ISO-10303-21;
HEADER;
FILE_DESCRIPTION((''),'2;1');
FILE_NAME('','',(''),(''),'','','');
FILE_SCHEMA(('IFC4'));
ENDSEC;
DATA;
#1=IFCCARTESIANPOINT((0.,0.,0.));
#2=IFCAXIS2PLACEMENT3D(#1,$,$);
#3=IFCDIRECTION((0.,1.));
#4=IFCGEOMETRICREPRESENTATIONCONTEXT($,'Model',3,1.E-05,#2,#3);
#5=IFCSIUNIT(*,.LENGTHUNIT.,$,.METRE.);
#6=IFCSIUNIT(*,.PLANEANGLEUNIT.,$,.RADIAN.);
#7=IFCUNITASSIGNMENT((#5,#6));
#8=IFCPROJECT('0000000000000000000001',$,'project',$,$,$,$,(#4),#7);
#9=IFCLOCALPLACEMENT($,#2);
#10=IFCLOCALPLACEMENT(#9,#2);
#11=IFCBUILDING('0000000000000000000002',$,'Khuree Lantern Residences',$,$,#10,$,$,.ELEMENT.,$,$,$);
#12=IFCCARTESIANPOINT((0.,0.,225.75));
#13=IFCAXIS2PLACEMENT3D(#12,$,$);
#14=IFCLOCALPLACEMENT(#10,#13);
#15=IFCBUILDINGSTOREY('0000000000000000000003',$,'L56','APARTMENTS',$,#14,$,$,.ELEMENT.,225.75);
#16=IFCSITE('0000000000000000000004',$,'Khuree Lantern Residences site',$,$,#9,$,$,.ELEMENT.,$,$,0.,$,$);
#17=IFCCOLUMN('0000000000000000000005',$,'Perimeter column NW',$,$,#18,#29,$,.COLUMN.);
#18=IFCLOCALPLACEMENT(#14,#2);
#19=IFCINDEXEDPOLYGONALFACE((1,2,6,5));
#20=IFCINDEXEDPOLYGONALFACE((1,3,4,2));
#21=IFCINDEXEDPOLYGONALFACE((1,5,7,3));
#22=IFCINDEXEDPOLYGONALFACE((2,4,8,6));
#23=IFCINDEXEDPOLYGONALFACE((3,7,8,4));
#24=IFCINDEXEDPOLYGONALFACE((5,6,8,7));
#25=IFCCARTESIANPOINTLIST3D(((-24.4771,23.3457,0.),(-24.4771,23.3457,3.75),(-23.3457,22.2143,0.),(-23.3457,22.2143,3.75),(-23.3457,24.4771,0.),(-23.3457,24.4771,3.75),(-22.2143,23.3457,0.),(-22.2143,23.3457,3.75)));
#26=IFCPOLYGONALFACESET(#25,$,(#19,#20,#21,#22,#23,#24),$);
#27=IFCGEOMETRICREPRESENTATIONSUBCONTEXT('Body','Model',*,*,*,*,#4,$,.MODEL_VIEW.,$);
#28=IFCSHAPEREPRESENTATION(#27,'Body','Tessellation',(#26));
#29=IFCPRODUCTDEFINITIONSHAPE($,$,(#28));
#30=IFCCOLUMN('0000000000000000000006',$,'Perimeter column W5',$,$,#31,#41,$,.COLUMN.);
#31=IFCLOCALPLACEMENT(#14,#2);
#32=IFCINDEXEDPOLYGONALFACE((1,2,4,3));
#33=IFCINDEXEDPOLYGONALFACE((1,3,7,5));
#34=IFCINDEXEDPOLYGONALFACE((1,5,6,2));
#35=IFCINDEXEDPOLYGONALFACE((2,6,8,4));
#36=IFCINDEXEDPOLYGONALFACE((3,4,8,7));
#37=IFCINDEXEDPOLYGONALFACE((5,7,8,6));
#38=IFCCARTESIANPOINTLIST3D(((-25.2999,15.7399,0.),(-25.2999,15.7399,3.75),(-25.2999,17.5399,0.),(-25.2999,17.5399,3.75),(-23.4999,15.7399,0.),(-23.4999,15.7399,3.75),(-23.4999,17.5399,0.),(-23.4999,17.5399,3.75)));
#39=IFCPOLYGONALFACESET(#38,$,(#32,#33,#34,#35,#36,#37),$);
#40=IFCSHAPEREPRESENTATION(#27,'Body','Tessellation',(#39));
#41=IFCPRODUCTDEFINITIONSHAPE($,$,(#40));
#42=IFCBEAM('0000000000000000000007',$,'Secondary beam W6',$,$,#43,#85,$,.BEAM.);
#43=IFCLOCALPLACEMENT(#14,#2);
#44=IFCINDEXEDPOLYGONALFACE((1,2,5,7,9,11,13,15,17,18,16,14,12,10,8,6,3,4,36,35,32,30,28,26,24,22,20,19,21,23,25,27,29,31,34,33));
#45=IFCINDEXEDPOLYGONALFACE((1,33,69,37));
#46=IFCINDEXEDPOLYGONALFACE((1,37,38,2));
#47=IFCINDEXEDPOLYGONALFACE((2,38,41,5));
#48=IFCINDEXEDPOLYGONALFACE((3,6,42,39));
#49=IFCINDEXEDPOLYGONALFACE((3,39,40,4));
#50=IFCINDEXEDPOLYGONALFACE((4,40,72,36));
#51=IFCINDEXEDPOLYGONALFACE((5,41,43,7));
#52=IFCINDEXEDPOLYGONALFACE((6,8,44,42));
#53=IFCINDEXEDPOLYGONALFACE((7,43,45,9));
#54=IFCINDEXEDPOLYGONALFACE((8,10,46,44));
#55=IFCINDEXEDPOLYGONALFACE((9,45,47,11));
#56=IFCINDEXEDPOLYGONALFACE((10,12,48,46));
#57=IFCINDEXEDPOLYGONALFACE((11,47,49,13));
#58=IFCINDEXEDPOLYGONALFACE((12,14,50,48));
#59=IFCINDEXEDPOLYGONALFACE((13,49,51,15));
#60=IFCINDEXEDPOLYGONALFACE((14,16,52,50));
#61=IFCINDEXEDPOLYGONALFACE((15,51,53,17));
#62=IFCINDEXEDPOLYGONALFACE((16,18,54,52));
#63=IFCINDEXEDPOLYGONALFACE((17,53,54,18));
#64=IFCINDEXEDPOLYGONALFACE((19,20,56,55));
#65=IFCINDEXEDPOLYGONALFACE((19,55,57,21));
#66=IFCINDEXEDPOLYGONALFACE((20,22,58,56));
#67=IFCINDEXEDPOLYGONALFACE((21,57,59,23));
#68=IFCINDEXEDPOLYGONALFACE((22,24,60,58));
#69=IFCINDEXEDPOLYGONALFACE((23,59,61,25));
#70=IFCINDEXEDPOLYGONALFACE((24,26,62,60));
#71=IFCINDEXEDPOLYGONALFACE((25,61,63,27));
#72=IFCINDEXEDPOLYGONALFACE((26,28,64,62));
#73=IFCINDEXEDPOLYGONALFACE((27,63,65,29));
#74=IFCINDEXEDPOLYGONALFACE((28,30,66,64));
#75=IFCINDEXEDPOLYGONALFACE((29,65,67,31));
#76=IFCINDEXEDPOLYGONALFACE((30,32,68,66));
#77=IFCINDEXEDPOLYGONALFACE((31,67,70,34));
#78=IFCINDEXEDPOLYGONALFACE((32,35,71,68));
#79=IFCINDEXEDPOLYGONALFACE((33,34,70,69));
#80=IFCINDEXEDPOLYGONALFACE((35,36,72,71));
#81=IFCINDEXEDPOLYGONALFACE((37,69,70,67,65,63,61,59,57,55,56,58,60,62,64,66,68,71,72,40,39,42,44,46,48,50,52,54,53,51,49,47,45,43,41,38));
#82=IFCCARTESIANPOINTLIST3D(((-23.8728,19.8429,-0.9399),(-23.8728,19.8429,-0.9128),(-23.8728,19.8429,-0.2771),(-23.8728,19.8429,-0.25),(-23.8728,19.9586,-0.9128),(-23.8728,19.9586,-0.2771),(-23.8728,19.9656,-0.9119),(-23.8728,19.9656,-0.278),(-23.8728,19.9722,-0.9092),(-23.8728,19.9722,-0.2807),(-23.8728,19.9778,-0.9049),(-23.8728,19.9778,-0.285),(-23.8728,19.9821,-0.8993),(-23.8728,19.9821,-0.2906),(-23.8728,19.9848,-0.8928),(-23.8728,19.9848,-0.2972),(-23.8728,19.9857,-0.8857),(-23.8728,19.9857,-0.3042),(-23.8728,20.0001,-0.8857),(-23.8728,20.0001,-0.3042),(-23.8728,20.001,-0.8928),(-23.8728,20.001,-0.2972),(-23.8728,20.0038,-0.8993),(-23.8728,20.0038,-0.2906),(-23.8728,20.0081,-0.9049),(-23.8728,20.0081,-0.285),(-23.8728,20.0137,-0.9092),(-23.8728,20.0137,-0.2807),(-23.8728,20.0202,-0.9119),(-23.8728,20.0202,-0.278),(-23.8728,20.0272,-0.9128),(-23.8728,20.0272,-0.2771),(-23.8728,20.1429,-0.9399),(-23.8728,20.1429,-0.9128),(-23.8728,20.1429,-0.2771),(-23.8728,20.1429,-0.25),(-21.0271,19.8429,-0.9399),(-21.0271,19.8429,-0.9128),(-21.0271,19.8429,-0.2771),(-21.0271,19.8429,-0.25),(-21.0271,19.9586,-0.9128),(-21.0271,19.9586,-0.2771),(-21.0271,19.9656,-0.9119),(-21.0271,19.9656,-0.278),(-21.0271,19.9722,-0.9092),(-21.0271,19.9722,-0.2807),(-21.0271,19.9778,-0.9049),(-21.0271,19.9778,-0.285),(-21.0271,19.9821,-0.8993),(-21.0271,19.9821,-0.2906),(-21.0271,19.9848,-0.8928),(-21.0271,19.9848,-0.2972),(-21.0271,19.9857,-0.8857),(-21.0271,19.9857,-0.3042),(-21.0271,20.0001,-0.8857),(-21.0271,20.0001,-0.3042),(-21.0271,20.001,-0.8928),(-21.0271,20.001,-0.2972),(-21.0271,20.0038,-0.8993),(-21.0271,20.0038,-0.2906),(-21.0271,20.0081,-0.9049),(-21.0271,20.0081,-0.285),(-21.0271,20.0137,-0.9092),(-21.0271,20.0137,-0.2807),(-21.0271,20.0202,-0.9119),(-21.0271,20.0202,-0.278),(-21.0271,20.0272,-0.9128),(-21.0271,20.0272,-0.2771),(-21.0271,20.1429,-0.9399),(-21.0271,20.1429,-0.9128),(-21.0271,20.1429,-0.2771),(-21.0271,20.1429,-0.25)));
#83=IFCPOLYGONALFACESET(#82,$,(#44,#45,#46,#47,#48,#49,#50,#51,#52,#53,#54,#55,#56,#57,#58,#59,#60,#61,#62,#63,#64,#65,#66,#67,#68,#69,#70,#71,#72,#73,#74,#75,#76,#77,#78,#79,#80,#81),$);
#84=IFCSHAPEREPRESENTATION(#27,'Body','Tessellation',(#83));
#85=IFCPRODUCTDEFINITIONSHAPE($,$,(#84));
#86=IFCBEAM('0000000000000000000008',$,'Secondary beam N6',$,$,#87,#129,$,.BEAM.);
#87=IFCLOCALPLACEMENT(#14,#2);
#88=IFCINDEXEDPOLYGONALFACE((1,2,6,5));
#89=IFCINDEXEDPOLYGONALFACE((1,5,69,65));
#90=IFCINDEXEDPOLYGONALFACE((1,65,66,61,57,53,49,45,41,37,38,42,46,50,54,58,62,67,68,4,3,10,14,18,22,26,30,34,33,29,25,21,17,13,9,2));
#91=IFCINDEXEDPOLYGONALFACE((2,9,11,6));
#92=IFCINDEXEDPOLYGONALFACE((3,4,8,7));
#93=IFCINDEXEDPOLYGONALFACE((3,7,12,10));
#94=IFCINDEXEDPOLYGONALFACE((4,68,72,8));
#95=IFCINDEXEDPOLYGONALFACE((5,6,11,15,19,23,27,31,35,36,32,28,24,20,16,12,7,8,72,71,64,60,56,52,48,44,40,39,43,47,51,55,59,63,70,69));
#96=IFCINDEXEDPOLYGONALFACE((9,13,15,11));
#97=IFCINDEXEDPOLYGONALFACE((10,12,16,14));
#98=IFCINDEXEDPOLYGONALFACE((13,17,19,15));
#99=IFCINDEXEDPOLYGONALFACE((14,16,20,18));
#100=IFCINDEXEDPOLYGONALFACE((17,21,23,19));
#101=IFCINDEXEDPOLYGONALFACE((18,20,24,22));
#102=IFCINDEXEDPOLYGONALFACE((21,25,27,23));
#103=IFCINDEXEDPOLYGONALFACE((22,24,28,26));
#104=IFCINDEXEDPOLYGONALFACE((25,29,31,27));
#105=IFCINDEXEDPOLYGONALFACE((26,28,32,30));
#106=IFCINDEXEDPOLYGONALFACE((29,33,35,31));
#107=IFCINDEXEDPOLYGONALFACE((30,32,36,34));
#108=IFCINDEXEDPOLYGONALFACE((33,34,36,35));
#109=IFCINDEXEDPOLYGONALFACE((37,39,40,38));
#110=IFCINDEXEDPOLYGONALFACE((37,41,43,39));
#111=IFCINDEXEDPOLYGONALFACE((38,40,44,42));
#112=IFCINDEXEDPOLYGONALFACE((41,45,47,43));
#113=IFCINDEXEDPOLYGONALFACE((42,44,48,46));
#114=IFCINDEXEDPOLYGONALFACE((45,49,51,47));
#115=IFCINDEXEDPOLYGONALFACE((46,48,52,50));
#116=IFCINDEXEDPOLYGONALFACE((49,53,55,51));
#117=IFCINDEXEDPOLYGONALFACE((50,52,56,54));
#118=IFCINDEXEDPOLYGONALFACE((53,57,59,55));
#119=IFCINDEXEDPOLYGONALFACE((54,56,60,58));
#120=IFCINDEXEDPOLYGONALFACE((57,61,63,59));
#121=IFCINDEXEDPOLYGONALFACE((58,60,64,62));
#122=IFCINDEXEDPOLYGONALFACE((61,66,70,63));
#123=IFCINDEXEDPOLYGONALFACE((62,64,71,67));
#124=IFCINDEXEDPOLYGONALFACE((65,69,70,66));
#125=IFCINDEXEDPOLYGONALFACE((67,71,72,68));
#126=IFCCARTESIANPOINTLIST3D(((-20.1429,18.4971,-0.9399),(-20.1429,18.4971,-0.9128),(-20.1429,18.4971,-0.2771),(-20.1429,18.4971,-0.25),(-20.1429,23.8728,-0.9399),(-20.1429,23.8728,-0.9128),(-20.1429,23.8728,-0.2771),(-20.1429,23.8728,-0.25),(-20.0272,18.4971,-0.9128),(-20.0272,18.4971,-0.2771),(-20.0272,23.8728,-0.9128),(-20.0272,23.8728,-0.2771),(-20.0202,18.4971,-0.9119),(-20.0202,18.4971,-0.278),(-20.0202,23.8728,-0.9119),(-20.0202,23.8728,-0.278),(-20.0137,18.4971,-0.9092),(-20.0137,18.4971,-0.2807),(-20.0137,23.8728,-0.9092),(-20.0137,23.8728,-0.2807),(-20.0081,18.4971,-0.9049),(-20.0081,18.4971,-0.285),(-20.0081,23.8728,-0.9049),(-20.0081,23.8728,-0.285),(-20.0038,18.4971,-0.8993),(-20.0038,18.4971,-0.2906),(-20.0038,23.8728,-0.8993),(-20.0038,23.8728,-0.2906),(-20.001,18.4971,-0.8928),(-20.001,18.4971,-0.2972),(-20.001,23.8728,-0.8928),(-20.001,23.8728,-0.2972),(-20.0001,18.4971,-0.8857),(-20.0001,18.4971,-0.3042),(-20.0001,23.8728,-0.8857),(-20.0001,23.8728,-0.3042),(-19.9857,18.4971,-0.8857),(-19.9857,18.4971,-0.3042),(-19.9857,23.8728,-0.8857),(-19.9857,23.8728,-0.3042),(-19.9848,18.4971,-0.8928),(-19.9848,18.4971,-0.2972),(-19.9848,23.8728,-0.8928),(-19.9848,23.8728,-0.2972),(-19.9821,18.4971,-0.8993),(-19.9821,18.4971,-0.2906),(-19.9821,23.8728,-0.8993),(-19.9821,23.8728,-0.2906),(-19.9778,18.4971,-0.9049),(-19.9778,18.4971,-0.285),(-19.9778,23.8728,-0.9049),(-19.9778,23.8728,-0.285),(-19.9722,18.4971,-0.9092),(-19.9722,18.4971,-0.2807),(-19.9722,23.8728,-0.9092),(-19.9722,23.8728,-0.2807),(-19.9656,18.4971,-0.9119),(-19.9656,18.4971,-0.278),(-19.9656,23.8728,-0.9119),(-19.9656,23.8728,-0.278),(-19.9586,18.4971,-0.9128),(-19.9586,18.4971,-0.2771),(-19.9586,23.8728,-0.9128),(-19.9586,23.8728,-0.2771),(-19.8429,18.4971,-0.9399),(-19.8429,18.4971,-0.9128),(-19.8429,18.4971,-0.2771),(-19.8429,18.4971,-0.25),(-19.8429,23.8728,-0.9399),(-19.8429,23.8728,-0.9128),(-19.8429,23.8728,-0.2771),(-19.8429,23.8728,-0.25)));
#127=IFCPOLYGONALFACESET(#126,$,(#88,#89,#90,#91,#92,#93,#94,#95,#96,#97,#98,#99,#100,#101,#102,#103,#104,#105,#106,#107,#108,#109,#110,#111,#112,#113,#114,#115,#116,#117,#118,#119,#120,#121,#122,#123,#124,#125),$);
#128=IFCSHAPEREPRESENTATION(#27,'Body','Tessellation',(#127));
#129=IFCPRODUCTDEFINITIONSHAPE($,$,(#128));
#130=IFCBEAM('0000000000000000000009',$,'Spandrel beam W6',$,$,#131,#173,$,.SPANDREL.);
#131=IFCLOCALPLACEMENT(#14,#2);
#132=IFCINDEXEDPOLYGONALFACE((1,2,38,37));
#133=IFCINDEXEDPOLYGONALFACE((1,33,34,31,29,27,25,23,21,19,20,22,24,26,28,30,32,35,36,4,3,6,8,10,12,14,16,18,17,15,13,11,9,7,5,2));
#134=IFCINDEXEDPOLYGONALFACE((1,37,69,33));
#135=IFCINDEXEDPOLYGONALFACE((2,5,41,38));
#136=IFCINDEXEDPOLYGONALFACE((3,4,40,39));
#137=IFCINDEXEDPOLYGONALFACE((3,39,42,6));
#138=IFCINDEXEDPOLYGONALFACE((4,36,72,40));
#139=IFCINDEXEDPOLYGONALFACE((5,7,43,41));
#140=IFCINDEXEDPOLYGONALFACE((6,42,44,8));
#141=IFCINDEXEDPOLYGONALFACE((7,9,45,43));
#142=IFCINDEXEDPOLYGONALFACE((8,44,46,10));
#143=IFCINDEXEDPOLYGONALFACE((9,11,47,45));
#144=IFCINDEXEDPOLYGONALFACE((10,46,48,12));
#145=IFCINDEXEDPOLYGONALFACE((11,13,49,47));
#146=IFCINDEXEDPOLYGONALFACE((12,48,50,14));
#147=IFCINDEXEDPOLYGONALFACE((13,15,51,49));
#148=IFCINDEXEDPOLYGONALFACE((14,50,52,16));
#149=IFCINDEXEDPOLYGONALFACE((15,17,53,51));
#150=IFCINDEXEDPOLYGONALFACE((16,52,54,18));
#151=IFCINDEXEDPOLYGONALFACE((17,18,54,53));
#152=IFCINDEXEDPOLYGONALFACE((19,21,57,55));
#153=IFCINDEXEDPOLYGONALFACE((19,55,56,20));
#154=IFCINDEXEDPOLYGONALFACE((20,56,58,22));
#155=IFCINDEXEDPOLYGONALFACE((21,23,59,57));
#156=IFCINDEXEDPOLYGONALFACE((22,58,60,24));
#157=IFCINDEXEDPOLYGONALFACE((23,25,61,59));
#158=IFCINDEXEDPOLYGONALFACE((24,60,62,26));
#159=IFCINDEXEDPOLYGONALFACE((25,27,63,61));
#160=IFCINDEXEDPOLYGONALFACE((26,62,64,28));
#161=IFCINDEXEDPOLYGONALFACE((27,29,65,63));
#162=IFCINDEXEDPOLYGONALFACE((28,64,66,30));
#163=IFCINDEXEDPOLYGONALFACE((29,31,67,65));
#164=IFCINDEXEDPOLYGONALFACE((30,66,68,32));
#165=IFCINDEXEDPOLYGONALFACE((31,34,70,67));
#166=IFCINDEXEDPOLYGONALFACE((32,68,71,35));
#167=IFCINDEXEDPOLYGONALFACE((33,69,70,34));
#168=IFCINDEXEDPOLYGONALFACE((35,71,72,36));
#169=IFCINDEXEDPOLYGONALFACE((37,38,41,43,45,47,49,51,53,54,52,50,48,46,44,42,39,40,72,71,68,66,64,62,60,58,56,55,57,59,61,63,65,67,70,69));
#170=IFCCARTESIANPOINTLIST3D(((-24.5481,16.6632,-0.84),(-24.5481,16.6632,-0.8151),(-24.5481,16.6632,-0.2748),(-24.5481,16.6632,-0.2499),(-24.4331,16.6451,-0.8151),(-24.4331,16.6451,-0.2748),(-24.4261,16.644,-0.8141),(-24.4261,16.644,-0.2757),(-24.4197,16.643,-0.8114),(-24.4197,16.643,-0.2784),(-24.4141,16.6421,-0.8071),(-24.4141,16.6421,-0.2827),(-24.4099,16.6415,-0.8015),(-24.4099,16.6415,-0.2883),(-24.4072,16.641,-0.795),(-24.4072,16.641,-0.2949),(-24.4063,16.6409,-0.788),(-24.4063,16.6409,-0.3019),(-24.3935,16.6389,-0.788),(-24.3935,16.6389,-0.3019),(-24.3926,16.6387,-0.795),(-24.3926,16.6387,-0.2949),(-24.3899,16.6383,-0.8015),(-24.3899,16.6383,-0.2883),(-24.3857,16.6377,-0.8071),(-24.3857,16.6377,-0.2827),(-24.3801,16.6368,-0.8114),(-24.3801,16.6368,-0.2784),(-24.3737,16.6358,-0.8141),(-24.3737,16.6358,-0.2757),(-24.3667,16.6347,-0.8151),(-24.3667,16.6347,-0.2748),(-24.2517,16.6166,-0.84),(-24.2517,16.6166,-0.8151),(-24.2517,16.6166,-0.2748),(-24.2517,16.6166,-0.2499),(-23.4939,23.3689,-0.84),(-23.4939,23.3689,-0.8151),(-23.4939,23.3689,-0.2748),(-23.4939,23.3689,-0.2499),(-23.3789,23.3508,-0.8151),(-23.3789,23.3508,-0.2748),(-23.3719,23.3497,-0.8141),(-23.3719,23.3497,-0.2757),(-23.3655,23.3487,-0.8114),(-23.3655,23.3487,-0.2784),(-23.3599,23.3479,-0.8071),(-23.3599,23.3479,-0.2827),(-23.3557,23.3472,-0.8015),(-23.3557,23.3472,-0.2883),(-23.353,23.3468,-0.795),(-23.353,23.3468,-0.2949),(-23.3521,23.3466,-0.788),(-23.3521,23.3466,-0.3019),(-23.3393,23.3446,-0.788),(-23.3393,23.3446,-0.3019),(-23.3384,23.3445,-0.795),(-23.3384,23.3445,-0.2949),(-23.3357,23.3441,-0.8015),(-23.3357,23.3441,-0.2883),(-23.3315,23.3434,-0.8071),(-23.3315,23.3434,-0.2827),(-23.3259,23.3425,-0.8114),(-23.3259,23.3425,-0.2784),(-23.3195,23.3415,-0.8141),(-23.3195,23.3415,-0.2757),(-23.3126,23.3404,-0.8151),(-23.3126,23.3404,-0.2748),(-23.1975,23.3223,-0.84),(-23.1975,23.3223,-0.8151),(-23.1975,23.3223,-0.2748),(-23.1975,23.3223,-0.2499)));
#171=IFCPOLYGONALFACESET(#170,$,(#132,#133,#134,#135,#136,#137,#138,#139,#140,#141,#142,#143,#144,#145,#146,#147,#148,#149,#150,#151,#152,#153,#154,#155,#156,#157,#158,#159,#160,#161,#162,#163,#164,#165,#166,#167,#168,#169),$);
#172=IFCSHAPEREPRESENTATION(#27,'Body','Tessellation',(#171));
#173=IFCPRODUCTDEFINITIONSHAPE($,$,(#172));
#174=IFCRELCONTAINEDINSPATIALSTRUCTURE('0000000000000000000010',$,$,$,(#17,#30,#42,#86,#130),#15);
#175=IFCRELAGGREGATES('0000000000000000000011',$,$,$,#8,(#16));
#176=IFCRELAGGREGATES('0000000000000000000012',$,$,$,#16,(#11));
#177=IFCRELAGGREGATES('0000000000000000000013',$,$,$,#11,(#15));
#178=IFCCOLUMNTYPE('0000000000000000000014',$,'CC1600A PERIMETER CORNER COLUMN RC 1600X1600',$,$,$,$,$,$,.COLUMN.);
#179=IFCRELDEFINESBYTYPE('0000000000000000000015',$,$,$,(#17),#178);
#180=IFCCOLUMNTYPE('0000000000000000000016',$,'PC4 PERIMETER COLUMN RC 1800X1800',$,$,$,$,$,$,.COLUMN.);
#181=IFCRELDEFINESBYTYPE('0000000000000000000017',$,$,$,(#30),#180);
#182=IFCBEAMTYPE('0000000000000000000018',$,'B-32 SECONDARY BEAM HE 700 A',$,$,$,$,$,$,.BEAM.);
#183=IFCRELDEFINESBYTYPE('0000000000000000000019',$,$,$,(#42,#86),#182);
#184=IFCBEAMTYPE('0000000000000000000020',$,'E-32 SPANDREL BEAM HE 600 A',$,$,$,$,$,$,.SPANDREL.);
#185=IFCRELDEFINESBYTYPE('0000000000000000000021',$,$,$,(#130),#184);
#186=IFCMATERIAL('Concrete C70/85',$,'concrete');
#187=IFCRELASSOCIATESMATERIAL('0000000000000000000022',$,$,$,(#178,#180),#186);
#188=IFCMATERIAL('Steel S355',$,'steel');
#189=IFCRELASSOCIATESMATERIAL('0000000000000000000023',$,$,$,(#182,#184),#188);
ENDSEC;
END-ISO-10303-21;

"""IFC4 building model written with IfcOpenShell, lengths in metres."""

from ifc_helpers import new_model, si_unit, direction, frame, origin, origin_2d, place, context, subcontext, project, spatial, rectangle, i_section, extrude, material, material_profile, profile_set, type_object, element, save


model = new_model("IFC4")

# Units and contexts
model_context = context("Model", 3, precision=1e-05, world=origin(), true_north=direction((0.0, 1.0)))
body_context = subcontext(model_context, "Body", "Model", "MODEL_VIEW")
ifc_project = project(units=[si_unit("LENGTHUNIT", "METRE"), si_unit("PLANEANGLEUNIT", "RADIAN")], contexts=[model_context])

# Site, building, storey
site_placement = place(None, origin())
site = spatial("IfcSite", under=ifc_project, at=site_placement, Name="Khuree Lantern Residences site", CompositionType="ELEMENT", RefElevation=0.0)
building_placement = place(site_placement, origin())
building = spatial("IfcBuilding", under=site, at=building_placement, Name="Khuree Lantern Residences", CompositionType="ELEMENT")
storey_placement = place(building_placement, frame((0.0, 0.0, 225.75)))
storey = spatial("IfcBuildingStorey", under=building, at=storey_placement, Name="L56", Description="APARTMENTS", CompositionType="ELEMENT", Elevation=225.75)

# Columns
ifc_material_1 = material(Name="Concrete C70/85", Category="concrete")
ifc_material_profile_1 = material_profile(ifc_material_1, rectangle(XDim=1.6001, YDim=1.6001, at=origin_2d()), Name="RC 1600X1600")
ifc_profile_set_1 = profile_set([ifc_material_profile_1], Name="Concrete C70/85")
column_type_1 = type_object("IfcColumnType", Name="CC1600A PERIMETER CORNER COLUMN RC 1600X1600", PredefinedType="COLUMN", material=ifc_profile_set_1)
column_1_placement = place(storey_placement, frame((-23.3457, 23.3457, 0.0), z_axis=(0.0, 0.0, 1.0), x_axis=(0.707107, 0.707107, 0.0)))
element("IfcColumn", 1, at=column_1_placement, inside=storey, type_object=column_type_1, Name="Perimeter column NW", PredefinedType="COLUMN", context=body_context, shape_type="SweptSolid", body=[
    extrude(rectangle(XDim=1.6001, YDim=1.6001, at=origin_2d()), origin(), (0.0, 0.0, 1.0), 3.75),
])
ifc_material_profile_2 = material_profile(ifc_material_1, rectangle(XDim=1.8, YDim=1.8, at=origin_2d()), Name="RC 1800X1800")
ifc_profile_set_2 = profile_set([ifc_material_profile_2], Name="Concrete C70/85")
column_type_2 = type_object("IfcColumnType", Name="PC4 PERIMETER COLUMN RC 1800X1800", PredefinedType="COLUMN", material=ifc_profile_set_2)
column_2_placement = place(storey_placement, frame((-24.3999, 16.6399, 0.0), z_axis=(0.0, 0.0, 1.0), x_axis=(0.0, 1.0, 0.0)))
element("IfcColumn", 2, at=column_2_placement, inside=storey, type_object=column_type_2, Name="Perimeter column W5", PredefinedType="COLUMN", context=body_context, shape_type="SweptSolid", body=[
    extrude(rectangle(XDim=1.8, YDim=1.8, at=origin_2d()), origin(), (0.0, 0.0, 1.0), 3.75),
])

# Beams
ifc_material_2 = material(Name="Steel S355", Category="steel")
ifc_material_profile_3 = material_profile(ifc_material_2, i_section(OverallWidth=0.3, OverallDepth=0.6899, WebThickness=0.0144, FlangeThickness=0.0271, FilletRadius=0.0271, at=origin_2d()), Name="HE 700 A")
ifc_profile_set_3 = profile_set([ifc_material_profile_3], Name="Steel S355")
beam_type_1 = type_object("IfcBeamType", Name="B-32 SECONDARY BEAM HE 700 A", PredefinedType="BEAM", material=ifc_profile_set_3)
beam_1_placement = place(storey_placement, frame((-23.8728, 19.9929, -0.595), z_axis=(1.0, 0.0, 0.0), x_axis=(0.0, 1.0, 0.0)))
element("IfcBeam", 3, at=beam_1_placement, inside=storey, type_object=beam_type_1, Name="Secondary beam W6", PredefinedType="BEAM", context=body_context, shape_type="SweptSolid", body=[
    extrude(i_section(OverallWidth=0.3, OverallDepth=0.6899, WebThickness=0.0144, FlangeThickness=0.0271, FilletRadius=0.0271, at=origin_2d()), origin(), (0.0, 0.0, 1.0), 2.8457),
])
beam_2_placement = place(storey_placement, frame((-19.9929, 23.8728, -0.595), z_axis=(0.0, -1.0, 0.0), x_axis=(1.0, 0.0, 0.0)))
element("IfcBeam", 4, at=beam_2_placement, inside=storey, type_object=beam_type_1, Name="Secondary beam N6", PredefinedType="BEAM", context=body_context, shape_type="SweptSolid", body=[
    extrude(i_section(OverallWidth=0.3, OverallDepth=0.6899, WebThickness=0.0144, FlangeThickness=0.0271, FilletRadius=0.0271, at=origin_2d()), origin(), (0.0, 0.0, 1.0), 5.3757),
])
ifc_material_profile_4 = material_profile(ifc_material_2, i_section(OverallWidth=0.3, OverallDepth=0.5901, WebThickness=0.0129, FlangeThickness=0.0249, FilletRadius=0.0271, at=origin_2d()), Name="HE 600 A")
ifc_profile_set_4 = profile_set([ifc_material_profile_4], Name="Steel S355")
beam_type_2 = type_object("IfcBeamType", Name="E-32 SPANDREL BEAM HE 600 A", PredefinedType="SPANDREL", material=ifc_profile_set_4)
for number, where, z_axis, x_axis, name in (
    (5, (-24.3999, 16.6399, -0.5449), (0.1553, 0.987867, 0.0), (-0.987867, 0.1553, 0.0), "Spandrel beam W6"),
):
    element("IfcBeam", number, at=place(storey_placement, frame(where, z_axis=z_axis, x_axis=x_axis)), inside=storey, type_object=beam_type_2, Name=name, PredefinedType="SPANDREL", context=body_context, shape_type="SweptSolid", body=[
        extrude(i_section(OverallWidth=0.3, OverallDepth=0.5901, WebThickness=0.0129, FlangeThickness=0.0249, FilletRadius=0.0271, at=origin_2d()), origin(), (0.0, 0.0, 1.0), 6.7881),
    ])

save(model, "model.ifc")
